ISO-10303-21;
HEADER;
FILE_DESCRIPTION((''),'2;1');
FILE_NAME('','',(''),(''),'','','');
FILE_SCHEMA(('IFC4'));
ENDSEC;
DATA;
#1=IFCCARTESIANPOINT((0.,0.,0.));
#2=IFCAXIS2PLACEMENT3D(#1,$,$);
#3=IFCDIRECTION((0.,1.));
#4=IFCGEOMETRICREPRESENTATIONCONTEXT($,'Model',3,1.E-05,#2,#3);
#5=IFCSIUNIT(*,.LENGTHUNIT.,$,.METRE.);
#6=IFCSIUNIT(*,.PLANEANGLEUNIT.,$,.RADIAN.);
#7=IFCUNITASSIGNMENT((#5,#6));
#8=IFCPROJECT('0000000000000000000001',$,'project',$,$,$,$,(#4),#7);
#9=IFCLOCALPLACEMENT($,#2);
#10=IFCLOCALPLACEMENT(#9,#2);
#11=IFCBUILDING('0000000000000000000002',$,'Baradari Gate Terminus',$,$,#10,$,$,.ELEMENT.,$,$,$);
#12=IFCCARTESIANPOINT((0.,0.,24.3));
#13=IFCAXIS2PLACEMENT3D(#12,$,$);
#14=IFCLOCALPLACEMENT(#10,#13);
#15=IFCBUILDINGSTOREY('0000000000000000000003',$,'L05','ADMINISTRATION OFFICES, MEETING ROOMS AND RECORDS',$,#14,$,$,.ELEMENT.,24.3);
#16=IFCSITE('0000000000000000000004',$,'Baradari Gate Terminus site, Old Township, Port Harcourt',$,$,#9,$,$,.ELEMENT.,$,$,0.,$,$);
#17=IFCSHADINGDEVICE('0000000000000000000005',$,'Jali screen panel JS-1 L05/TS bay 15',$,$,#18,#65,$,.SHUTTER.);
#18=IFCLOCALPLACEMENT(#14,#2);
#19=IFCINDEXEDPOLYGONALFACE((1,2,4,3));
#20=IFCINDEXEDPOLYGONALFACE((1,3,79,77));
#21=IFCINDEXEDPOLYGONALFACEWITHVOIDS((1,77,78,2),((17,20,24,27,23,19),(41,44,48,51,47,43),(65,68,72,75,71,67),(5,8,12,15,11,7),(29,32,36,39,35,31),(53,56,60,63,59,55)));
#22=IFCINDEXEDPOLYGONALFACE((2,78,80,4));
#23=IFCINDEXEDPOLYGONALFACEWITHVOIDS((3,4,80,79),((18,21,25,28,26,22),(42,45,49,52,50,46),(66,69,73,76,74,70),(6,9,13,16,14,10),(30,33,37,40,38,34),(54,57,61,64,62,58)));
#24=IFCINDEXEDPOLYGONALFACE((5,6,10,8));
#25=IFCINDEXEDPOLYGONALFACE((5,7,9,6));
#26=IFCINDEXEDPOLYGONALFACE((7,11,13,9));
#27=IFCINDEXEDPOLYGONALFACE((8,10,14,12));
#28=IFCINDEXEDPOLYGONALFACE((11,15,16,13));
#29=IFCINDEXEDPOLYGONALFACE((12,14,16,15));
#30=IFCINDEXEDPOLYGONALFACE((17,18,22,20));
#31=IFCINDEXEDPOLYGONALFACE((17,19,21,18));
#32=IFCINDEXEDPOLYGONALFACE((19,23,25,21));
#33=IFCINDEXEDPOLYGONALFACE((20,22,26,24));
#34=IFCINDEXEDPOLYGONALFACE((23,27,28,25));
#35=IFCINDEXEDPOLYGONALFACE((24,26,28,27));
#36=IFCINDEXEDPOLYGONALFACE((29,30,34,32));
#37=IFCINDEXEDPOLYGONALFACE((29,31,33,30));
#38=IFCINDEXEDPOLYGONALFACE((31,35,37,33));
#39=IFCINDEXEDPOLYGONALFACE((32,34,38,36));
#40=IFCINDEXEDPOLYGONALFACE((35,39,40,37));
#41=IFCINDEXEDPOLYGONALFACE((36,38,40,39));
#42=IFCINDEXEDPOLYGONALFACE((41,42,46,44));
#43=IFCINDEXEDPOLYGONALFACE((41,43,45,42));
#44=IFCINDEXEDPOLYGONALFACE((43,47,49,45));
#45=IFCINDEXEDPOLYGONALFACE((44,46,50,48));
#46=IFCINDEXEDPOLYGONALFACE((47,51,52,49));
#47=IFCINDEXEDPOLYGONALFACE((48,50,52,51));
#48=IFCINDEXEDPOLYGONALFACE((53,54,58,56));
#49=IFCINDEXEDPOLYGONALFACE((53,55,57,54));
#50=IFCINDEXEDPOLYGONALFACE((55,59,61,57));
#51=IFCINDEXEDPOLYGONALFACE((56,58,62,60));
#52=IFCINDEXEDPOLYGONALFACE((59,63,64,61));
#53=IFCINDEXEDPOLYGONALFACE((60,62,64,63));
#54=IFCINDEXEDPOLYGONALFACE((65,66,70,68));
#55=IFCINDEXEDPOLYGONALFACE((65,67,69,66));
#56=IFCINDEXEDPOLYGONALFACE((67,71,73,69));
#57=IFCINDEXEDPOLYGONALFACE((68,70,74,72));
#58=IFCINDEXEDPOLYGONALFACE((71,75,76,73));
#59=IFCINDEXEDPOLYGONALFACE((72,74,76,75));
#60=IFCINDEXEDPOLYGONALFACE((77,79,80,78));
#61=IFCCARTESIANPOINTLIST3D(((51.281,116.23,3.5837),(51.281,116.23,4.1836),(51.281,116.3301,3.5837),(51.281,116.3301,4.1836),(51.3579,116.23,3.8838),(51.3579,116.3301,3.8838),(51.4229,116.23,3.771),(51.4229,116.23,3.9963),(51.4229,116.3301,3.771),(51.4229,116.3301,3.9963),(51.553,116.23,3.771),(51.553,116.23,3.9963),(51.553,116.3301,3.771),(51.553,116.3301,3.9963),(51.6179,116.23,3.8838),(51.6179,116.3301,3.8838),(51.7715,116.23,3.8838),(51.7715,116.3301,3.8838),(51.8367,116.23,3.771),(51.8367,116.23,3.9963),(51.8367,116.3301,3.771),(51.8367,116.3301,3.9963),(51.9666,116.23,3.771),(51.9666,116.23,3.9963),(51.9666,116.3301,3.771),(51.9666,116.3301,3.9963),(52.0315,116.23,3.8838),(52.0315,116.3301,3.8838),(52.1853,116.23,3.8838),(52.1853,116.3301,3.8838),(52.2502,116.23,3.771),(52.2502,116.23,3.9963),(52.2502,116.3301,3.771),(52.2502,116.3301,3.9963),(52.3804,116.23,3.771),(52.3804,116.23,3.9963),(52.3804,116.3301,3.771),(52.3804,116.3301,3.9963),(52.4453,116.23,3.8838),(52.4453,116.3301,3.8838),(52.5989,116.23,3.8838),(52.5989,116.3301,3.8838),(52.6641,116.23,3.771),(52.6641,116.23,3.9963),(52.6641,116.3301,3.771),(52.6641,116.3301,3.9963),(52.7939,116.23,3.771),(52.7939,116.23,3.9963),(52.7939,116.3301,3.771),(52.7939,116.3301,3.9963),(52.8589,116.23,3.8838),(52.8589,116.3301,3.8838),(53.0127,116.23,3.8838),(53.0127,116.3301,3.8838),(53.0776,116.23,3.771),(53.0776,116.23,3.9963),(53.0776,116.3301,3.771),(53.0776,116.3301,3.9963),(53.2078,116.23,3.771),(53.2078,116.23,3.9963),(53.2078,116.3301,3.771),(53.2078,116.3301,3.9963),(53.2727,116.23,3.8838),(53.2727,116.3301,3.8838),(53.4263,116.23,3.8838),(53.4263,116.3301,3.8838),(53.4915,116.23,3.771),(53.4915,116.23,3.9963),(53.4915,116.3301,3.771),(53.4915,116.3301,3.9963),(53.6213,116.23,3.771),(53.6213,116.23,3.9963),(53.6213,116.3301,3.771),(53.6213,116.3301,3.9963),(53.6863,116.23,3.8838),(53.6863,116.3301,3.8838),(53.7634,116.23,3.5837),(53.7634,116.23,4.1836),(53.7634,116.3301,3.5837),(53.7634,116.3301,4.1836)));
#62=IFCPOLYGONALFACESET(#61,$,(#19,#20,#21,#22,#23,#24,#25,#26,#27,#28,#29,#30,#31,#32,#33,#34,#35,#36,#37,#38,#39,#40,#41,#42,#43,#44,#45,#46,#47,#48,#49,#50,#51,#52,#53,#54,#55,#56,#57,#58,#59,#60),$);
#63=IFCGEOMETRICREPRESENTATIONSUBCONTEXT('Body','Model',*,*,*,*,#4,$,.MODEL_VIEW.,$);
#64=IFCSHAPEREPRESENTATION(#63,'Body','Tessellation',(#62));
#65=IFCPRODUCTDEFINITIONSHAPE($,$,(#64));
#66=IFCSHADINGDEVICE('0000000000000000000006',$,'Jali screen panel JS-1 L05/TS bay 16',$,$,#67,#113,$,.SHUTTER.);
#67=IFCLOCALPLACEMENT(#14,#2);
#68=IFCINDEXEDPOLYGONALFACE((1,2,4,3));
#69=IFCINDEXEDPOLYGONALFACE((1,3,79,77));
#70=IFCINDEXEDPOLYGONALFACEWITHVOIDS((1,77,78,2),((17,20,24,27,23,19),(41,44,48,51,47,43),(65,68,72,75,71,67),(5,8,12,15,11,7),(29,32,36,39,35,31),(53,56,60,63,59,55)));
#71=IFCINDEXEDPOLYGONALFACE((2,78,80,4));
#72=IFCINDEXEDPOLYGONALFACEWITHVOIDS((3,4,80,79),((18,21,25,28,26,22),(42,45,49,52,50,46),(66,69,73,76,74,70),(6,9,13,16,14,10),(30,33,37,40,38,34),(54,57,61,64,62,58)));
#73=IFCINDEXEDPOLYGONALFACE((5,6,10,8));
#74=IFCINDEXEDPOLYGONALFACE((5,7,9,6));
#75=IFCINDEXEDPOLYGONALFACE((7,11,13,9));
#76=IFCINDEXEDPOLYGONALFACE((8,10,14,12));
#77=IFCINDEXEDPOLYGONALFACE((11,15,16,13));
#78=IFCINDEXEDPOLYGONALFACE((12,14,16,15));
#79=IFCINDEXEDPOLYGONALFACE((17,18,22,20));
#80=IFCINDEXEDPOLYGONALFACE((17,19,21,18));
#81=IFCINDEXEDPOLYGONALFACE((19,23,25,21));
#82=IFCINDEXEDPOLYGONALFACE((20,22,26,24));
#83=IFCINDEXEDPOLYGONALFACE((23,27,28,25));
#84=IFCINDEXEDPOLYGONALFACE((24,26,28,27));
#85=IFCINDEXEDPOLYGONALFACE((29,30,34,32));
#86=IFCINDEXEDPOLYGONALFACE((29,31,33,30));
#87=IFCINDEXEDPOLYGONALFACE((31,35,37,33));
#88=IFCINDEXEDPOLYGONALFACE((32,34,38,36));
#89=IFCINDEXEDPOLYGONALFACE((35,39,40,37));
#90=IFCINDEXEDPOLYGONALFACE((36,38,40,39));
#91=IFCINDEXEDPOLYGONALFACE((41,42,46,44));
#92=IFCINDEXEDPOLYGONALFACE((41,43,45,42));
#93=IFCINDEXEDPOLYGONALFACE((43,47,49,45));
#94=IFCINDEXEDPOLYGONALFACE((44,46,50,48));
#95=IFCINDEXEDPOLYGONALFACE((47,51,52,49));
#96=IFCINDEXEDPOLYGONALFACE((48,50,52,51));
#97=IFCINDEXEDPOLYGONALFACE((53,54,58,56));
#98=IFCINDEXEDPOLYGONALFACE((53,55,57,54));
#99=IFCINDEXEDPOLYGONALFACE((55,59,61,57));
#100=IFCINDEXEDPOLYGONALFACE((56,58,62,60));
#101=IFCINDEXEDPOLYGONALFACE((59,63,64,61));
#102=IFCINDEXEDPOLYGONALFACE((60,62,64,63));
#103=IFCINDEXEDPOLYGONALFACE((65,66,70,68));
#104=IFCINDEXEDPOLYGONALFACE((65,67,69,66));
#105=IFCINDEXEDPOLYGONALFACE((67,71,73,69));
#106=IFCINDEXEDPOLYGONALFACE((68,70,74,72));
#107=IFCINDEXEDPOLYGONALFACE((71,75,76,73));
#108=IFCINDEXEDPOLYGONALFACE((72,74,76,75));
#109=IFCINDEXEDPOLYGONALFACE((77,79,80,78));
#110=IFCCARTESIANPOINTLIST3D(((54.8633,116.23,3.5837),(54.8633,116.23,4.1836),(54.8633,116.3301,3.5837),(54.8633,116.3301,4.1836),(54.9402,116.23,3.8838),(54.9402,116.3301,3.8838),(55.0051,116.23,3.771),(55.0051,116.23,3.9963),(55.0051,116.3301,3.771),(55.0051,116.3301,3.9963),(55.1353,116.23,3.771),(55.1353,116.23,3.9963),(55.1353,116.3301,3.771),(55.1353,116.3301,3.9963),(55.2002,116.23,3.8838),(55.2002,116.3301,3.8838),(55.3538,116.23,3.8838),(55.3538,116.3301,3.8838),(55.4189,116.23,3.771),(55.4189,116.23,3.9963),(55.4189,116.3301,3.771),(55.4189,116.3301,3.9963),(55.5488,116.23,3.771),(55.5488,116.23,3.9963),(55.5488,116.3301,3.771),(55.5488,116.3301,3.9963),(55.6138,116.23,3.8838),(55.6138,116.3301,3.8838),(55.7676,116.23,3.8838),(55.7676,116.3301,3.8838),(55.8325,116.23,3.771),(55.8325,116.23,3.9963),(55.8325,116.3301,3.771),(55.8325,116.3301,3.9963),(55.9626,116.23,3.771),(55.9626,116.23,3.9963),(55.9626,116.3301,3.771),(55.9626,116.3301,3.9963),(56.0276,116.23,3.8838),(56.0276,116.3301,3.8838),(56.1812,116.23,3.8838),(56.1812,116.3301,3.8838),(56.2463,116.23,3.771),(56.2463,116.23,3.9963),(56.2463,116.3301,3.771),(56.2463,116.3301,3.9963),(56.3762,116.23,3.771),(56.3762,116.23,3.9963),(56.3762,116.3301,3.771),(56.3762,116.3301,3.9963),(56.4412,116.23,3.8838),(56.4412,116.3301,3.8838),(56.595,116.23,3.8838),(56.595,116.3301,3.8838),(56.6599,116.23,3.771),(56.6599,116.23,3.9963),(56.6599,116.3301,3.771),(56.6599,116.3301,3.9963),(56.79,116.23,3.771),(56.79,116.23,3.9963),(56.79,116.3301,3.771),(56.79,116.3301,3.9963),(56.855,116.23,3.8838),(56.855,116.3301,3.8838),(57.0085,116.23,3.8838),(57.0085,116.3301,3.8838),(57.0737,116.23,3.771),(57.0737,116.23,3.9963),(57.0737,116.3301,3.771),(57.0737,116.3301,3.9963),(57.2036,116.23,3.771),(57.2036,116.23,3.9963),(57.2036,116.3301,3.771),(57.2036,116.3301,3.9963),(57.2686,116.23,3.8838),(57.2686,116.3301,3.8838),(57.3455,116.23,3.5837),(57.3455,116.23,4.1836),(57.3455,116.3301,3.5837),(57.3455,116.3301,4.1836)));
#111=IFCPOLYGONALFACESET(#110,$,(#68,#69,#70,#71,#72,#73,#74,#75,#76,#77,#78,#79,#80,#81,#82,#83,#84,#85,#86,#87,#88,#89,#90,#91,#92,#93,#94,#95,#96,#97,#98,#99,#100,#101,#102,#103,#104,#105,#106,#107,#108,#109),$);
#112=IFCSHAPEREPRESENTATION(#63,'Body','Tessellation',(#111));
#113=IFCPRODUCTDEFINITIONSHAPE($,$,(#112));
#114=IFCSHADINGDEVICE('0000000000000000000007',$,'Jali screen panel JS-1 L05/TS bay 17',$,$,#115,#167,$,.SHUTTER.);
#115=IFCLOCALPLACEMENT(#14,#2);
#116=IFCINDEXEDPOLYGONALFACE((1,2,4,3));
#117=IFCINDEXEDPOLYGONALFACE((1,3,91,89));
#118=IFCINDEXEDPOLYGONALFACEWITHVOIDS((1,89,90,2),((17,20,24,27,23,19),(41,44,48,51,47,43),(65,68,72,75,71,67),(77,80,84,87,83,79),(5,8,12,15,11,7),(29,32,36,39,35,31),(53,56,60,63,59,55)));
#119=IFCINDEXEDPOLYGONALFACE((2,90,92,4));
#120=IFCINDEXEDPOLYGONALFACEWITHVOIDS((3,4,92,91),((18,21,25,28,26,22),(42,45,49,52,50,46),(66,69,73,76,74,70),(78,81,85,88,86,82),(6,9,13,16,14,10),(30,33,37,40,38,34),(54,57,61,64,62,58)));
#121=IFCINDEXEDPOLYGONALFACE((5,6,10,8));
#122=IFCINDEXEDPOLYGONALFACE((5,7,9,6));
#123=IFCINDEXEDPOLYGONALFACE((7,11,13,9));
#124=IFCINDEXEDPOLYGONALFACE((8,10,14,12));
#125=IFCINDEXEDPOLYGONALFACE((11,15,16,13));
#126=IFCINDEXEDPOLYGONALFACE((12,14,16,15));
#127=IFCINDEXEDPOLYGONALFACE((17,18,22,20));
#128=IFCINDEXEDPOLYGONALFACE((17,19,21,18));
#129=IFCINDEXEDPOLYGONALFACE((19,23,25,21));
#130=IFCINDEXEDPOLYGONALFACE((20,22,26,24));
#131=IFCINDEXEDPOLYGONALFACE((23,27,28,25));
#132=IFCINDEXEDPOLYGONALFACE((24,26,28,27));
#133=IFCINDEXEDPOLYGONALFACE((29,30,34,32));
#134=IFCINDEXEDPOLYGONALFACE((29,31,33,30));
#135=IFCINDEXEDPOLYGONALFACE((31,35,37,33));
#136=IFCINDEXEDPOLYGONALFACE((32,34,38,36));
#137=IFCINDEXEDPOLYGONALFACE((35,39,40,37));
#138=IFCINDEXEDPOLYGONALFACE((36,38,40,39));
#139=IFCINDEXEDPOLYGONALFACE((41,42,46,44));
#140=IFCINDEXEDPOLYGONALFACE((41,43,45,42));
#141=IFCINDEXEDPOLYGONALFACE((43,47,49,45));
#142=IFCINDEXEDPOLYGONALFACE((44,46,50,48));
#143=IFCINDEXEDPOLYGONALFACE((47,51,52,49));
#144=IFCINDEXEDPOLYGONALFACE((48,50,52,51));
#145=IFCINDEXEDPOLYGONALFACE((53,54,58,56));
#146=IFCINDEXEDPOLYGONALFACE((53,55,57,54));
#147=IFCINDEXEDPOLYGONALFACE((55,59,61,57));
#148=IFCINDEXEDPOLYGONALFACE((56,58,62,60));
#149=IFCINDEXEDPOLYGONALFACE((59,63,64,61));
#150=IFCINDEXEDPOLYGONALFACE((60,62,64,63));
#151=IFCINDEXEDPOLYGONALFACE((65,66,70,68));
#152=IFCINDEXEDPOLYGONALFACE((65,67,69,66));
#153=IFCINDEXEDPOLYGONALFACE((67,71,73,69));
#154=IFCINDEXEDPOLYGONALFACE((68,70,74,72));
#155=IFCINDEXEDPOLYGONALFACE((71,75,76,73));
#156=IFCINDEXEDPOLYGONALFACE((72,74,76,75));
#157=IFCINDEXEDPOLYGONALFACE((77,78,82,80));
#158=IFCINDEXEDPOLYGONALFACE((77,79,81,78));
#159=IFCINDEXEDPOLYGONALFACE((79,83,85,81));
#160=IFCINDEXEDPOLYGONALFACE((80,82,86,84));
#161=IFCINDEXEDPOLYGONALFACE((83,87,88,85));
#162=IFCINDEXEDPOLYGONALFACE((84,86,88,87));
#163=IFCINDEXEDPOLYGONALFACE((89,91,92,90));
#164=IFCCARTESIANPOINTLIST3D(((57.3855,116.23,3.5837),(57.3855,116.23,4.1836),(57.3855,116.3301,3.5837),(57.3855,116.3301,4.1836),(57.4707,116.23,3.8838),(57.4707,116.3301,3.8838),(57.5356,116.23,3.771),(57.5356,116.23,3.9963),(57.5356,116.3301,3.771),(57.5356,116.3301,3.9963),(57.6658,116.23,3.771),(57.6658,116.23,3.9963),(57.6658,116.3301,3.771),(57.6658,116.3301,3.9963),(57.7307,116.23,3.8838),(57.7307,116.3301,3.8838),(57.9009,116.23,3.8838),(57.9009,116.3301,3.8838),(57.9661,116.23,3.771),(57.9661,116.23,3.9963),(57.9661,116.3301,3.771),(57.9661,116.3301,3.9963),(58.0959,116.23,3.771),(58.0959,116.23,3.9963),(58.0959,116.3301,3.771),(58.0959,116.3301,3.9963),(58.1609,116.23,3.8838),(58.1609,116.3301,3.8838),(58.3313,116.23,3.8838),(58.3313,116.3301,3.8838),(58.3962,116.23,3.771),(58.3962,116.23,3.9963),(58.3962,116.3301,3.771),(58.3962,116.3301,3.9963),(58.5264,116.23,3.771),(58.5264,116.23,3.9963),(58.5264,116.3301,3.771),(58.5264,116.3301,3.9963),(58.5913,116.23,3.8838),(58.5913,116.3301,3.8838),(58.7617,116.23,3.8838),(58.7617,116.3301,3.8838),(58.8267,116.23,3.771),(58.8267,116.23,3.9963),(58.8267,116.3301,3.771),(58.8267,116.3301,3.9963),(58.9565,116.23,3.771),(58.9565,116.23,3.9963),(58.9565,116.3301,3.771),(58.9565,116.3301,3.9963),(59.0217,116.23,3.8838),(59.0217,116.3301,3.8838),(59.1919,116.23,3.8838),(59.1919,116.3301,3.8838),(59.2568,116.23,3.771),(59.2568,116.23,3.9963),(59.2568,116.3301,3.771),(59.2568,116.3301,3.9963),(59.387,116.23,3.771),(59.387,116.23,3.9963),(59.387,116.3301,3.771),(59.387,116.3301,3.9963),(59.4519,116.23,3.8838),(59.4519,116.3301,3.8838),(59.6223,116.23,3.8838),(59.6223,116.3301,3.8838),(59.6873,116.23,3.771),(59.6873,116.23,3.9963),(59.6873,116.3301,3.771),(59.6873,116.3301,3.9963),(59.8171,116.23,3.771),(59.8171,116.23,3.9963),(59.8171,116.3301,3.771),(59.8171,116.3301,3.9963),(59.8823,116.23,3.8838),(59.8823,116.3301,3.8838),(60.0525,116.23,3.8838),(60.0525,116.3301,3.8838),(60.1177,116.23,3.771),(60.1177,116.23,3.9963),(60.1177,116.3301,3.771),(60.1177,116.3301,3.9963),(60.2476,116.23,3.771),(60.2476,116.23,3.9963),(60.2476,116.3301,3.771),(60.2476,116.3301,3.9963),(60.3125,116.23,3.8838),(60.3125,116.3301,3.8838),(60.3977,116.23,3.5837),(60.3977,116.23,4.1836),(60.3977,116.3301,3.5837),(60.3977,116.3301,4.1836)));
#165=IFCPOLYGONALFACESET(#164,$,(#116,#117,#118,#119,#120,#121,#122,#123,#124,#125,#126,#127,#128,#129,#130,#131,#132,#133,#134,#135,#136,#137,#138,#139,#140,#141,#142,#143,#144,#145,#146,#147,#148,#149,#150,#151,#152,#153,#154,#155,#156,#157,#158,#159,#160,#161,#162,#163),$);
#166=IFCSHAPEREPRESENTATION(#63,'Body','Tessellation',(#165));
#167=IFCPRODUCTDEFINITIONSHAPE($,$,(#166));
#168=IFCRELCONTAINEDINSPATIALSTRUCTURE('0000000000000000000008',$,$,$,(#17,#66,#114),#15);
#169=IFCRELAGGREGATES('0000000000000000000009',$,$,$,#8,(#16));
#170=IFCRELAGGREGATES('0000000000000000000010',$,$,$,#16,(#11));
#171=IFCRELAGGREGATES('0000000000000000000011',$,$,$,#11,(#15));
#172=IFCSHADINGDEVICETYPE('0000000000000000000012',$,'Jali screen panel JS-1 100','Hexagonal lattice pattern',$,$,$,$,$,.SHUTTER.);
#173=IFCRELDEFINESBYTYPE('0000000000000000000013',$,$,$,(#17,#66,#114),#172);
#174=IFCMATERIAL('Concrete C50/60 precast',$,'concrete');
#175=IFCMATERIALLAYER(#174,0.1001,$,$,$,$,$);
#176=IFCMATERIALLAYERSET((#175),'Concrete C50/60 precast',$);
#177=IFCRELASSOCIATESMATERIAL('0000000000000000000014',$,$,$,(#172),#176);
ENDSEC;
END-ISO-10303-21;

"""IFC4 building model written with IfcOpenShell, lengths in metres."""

from ifc_helpers import new_model, si_unit, direction, frame, origin, place, context, subcontext, project, spatial, polyline, outline, extrude, material, layer, layer_set, type_object, element, save


model = new_model("IFC4")

# Units and contexts
model_context = context("Model", 3, precision=1e-05, world=origin(), true_north=direction((0.0, 1.0)))
body_context = subcontext(model_context, "Body", "Model", "MODEL_VIEW")
ifc_project = project(units=[si_unit("LENGTHUNIT", "METRE"), si_unit("PLANEANGLEUNIT", "RADIAN")], contexts=[model_context])

# Site, building, storey
site_placement = place(None, origin())
site = spatial("IfcSite", under=ifc_project, at=site_placement, Name="Baradari Gate Terminus site, Old Township, Port Harcourt", CompositionType="ELEMENT", RefElevation=0.0)
building_placement = place(site_placement, origin())
building = spatial("IfcBuilding", under=site, at=building_placement, Name="Baradari Gate Terminus", CompositionType="ELEMENT")
storey_placement = place(building_placement, frame((0.0, 0.0, 24.3)))
storey = spatial("IfcBuildingStorey", under=building, at=storey_placement, Name="L05", Description="ADMINISTRATION OFFICES, MEETING ROOMS AND RECORDS", CompositionType="ELEMENT", Elevation=24.3)

# Shading devices
ifc_material_1 = material(Name="Concrete C50/60 precast", Category="concrete")
ifc_layer_1 = layer(ifc_material_1, 0.1001)
ifc_layer_set_1 = layer_set([ifc_layer_1], Name="Concrete C50/60 precast")
shading_device_type_1 = type_object("IfcShadingDeviceType", Name="Jali screen panel JS-1 100", Description="Hexagonal lattice pattern", PredefinedType="SHUTTER", material=ifc_layer_set_1)
shading_device_1_placement = place(storey_placement, frame((51.281, 116.28, 3.5837), z_axis=(0.0, 0.0, 1.0), x_axis=(1.0, 0.0, 0.0)))
element("IfcShadingDevice", 1, at=shading_device_1_placement, inside=storey, type_object=shading_device_type_1, Name="Jali screen panel JS-1 L05/TS bay 15", PredefinedType="SHUTTER", context=body_context, shape_type="SweptSolid", body=[
    extrude(outline(polyline([(0.0, 0.0), (2.4824, 0.0), (2.4824, 0.5999), (0.0, 0.5999), (0.0, 0.0)]), holes=[polyline([(0.3369, 0.3), (0.272, 0.1873), (0.1418, 0.1873), (0.0769, 0.3), (0.1418, 0.4126), (0.272, 0.4126), (0.3369, 0.3)]), polyline([(0.7505, 0.3), (0.6855, 0.1873), (0.5557, 0.1873), (0.4905, 0.3), (0.5557, 0.4126), (0.6855, 0.4126), (0.7505, 0.3)]), polyline([(1.1643, 0.3), (1.0994, 0.1873), (0.9692, 0.1873), (0.9043, 0.3), (0.9692, 0.4126), (1.0994, 0.4126), (1.1643, 0.3)]), polyline([(1.5779, 0.3), (1.5129, 0.1873), (1.3831, 0.1873), (1.3179, 0.3), (1.3831, 0.4126), (1.5129, 0.4126), (1.5779, 0.3)]), polyline([(1.9917, 0.3), (1.9268, 0.1873), (1.7966, 0.1873), (1.7317, 0.3), (1.7966, 0.4126), (1.9268, 0.4126), (1.9917, 0.3)]), polyline([(2.4053, 0.3), (2.3403, 0.1873), (2.2104, 0.1873), (2.1453, 0.3), (2.2104, 0.4126), (2.3403, 0.4126), (2.4053, 0.3)])]), frame((0.0, 0.05, 0.0), z_axis=(0.0, -1.0, 0.0), x_axis=(1.0, 0.0, 0.0)), (0.0, 0.0, 1.0), 0.1001),
])
shading_device_2_placement = place(storey_placement, frame((54.8633, 116.28, 3.5837), z_axis=(0.0, 0.0, 1.0), x_axis=(1.0, 0.0, 0.0)))
element("IfcShadingDevice", 2, at=shading_device_2_placement, inside=storey, type_object=shading_device_type_1, Name="Jali screen panel JS-1 L05/TS bay 16", PredefinedType="SHUTTER", context=body_context, shape_type="SweptSolid", body=[
    extrude(outline(polyline([(0.0, 0.0), (2.4822, 0.0), (2.4822, 0.5999), (0.0, 0.5999), (0.0, 0.0)]), holes=[polyline([(0.3369, 0.3), (0.272, 0.1873), (0.1418, 0.1873), (0.0769, 0.3), (0.1418, 0.4126), (0.272, 0.4126), (0.3369, 0.3)]), polyline([(0.7505, 0.3), (0.6855, 0.1873), (0.5557, 0.1873), (0.4905, 0.3), (0.5557, 0.4126), (0.6855, 0.4126), (0.7505, 0.3)]), polyline([(1.1643, 0.3), (1.0994, 0.1873), (0.9692, 0.1873), (0.9043, 0.3), (0.9692, 0.4126), (1.0994, 0.4126), (1.1643, 0.3)]), polyline([(1.5779, 0.3), (1.5129, 0.1873), (1.3831, 0.1873), (1.3179, 0.3), (1.3831, 0.4126), (1.5129, 0.4126), (1.5779, 0.3)]), polyline([(1.9917, 0.3), (1.9268, 0.1873), (1.7966, 0.1873), (1.7317, 0.3), (1.7966, 0.4126), (1.9268, 0.4126), (1.9917, 0.3)]), polyline([(2.4053, 0.3), (2.3403, 0.1873), (2.2104, 0.1873), (2.1453, 0.3), (2.2104, 0.4126), (2.3403, 0.4126), (2.4053, 0.3)])]), frame((0.0, 0.05, 0.0), z_axis=(0.0, -1.0, 0.0), x_axis=(1.0, 0.0, 0.0)), (0.0, 0.0, 1.0), 0.1001),
])
shading_device_3_placement = place(storey_placement, frame((57.3855, 116.28, 3.5837), z_axis=(0.0, 0.0, 1.0), x_axis=(1.0, 0.0, 0.0)))
element("IfcShadingDevice", 3, at=shading_device_3_placement, inside=storey, type_object=shading_device_type_1, Name="Jali screen panel JS-1 L05/TS bay 17", PredefinedType="SHUTTER", context=body_context, shape_type="SweptSolid", body=[
    extrude(outline(polyline([(0.0, 0.0), (3.0122, 0.0), (3.0122, 0.5999), (0.0, 0.5999), (0.0, 0.0)]), holes=[polyline([(0.3452, 0.3), (0.2803, 0.1873), (0.1501, 0.1873), (0.0852, 0.3), (0.1501, 0.4126), (0.2803, 0.4126), (0.3452, 0.3)]), polyline([(0.7754, 0.3), (0.7104, 0.1873), (0.5806, 0.1873), (0.5154, 0.3), (0.5806, 0.4126), (0.7104, 0.4126), (0.7754, 0.3)]), polyline([(1.2058, 0.3), (1.1409, 0.1873), (1.0107, 0.1873), (0.9458, 0.3), (1.0107, 0.4126), (1.1409, 0.4126), (1.2058, 0.3)]), polyline([(1.6362, 0.3), (1.571, 0.1873), (1.4412, 0.1873), (1.3762, 0.3), (1.4412, 0.4126), (1.571, 0.4126), (1.6362, 0.3)]), polyline([(2.0664, 0.3), (2.0015, 0.1873), (1.8713, 0.1873), (1.8064, 0.3), (1.8713, 0.4126), (2.0015, 0.4126), (2.0664, 0.3)]), polyline([(2.4968, 0.3), (2.4316, 0.1873), (2.3018, 0.1873), (2.2368, 0.3), (2.3018, 0.4126), (2.4316, 0.4126), (2.4968, 0.3)]), polyline([(2.927, 0.3), (2.8621, 0.1873), (2.7322, 0.1873), (2.667, 0.3), (2.7322, 0.4126), (2.8621, 0.4126), (2.927, 0.3)])]), frame((0.0, 0.05, 0.0), z_axis=(0.0, -1.0, 0.0), x_axis=(1.0, 0.0, 0.0)), (0.0, 0.0, 1.0), 0.1001),
])

save(model, "model.ifc")
